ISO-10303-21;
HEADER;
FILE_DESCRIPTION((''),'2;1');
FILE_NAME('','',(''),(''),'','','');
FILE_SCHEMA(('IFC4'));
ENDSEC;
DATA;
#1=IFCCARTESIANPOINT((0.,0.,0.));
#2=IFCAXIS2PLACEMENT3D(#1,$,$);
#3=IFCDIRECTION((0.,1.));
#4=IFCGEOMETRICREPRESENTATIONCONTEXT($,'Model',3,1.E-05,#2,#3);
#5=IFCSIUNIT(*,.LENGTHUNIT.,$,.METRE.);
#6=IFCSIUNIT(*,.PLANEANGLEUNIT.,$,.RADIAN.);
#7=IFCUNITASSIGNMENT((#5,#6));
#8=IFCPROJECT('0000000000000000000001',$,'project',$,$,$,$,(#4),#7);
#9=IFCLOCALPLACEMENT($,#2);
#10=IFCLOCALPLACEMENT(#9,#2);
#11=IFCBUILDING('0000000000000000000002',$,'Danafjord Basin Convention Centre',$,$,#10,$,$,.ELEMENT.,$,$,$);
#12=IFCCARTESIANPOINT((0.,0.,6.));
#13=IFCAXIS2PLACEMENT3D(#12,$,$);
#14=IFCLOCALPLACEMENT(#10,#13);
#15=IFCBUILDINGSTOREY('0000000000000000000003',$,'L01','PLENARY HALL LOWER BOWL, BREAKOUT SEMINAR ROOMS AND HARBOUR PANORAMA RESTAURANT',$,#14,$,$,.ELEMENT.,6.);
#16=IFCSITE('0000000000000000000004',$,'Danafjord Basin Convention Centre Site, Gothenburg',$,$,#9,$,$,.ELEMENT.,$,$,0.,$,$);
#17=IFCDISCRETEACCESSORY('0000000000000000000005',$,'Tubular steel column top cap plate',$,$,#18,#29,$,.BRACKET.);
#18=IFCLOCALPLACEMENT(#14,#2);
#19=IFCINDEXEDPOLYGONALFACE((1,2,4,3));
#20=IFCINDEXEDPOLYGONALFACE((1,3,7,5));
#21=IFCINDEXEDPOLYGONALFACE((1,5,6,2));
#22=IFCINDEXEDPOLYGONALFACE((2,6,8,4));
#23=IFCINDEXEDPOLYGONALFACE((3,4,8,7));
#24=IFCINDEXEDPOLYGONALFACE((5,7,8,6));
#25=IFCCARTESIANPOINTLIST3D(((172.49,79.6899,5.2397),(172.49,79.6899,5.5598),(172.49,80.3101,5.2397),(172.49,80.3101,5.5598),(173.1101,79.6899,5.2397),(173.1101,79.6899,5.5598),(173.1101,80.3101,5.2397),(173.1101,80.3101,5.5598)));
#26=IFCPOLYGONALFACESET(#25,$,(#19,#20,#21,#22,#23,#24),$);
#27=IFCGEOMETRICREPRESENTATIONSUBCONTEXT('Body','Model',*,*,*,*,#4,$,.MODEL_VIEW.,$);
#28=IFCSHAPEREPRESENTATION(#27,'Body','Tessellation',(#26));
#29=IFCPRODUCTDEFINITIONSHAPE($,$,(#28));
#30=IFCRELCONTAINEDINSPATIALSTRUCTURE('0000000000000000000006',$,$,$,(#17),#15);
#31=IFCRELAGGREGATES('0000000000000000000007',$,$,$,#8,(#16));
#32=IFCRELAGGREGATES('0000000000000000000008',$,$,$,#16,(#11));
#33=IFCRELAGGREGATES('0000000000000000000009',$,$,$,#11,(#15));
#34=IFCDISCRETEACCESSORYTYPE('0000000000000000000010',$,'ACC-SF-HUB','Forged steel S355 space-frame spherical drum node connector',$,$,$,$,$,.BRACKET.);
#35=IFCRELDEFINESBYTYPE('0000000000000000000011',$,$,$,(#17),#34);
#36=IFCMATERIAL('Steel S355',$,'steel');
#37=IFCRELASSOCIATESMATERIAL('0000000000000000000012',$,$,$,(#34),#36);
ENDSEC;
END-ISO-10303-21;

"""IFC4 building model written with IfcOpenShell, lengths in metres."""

from ifc_helpers import new_model, si_unit, direction, frame, origin, origin_2d, place, context, subcontext, project, spatial, rectangle, extrude, material, type_object, element, save


model = new_model("IFC4")

# Units and contexts
model_context = context("Model", 3, precision=1e-05, world=origin(), true_north=direction((0.0, 1.0)))
body_context = subcontext(model_context, "Body", "Model", "MODEL_VIEW")
ifc_project = project(units=[si_unit("LENGTHUNIT", "METRE"), si_unit("PLANEANGLEUNIT", "RADIAN")], contexts=[model_context])

# Site, building, storey
site_placement = place(None, origin())
site = spatial("IfcSite", under=ifc_project, at=site_placement, Name="Danafjord Basin Convention Centre Site, Gothenburg", CompositionType="ELEMENT", RefElevation=0.0)
building_placement = place(site_placement, origin())
building = spatial("IfcBuilding", under=site, at=building_placement, Name="Danafjord Basin Convention Centre", CompositionType="ELEMENT")
storey_placement = place(building_placement, frame((0.0, 0.0, 6.0)))
storey = spatial("IfcBuildingStorey", under=building, at=storey_placement, Name="L01", Description="PLENARY HALL LOWER BOWL, BREAKOUT SEMINAR ROOMS AND HARBOUR PANORAMA RESTAURANT", CompositionType="ELEMENT", Elevation=6.0)

# Shared definitions
ifc_material_1 = material(Name="Steel S355", Category="steel")

# Discrete accessory
discrete_accessory_type = type_object("IfcDiscreteAccessoryType", Name="ACC-SF-HUB", Description="Forged steel S355 space-frame spherical drum node connector", PredefinedType="BRACKET", material=ifc_material_1)
discrete_accessory_placement = place(storey_placement, frame((172.8, 80.0, 5.2397), z_axis=(0.0, 0.0, 1.0), x_axis=(1.0, 0.0, 0.0)))
element("IfcDiscreteAccessory", 1, at=discrete_accessory_placement, inside=storey, type_object=discrete_accessory_type, Name="Tubular steel column top cap plate", PredefinedType="BRACKET", context=body_context, shape_type="SweptSolid", body=[
    extrude(rectangle(XDim=0.6201, YDim=0.6201, at=origin_2d()), origin(), (0.0, 0.0, 1.0), 0.3201),
])

save(model, "model.ifc")
